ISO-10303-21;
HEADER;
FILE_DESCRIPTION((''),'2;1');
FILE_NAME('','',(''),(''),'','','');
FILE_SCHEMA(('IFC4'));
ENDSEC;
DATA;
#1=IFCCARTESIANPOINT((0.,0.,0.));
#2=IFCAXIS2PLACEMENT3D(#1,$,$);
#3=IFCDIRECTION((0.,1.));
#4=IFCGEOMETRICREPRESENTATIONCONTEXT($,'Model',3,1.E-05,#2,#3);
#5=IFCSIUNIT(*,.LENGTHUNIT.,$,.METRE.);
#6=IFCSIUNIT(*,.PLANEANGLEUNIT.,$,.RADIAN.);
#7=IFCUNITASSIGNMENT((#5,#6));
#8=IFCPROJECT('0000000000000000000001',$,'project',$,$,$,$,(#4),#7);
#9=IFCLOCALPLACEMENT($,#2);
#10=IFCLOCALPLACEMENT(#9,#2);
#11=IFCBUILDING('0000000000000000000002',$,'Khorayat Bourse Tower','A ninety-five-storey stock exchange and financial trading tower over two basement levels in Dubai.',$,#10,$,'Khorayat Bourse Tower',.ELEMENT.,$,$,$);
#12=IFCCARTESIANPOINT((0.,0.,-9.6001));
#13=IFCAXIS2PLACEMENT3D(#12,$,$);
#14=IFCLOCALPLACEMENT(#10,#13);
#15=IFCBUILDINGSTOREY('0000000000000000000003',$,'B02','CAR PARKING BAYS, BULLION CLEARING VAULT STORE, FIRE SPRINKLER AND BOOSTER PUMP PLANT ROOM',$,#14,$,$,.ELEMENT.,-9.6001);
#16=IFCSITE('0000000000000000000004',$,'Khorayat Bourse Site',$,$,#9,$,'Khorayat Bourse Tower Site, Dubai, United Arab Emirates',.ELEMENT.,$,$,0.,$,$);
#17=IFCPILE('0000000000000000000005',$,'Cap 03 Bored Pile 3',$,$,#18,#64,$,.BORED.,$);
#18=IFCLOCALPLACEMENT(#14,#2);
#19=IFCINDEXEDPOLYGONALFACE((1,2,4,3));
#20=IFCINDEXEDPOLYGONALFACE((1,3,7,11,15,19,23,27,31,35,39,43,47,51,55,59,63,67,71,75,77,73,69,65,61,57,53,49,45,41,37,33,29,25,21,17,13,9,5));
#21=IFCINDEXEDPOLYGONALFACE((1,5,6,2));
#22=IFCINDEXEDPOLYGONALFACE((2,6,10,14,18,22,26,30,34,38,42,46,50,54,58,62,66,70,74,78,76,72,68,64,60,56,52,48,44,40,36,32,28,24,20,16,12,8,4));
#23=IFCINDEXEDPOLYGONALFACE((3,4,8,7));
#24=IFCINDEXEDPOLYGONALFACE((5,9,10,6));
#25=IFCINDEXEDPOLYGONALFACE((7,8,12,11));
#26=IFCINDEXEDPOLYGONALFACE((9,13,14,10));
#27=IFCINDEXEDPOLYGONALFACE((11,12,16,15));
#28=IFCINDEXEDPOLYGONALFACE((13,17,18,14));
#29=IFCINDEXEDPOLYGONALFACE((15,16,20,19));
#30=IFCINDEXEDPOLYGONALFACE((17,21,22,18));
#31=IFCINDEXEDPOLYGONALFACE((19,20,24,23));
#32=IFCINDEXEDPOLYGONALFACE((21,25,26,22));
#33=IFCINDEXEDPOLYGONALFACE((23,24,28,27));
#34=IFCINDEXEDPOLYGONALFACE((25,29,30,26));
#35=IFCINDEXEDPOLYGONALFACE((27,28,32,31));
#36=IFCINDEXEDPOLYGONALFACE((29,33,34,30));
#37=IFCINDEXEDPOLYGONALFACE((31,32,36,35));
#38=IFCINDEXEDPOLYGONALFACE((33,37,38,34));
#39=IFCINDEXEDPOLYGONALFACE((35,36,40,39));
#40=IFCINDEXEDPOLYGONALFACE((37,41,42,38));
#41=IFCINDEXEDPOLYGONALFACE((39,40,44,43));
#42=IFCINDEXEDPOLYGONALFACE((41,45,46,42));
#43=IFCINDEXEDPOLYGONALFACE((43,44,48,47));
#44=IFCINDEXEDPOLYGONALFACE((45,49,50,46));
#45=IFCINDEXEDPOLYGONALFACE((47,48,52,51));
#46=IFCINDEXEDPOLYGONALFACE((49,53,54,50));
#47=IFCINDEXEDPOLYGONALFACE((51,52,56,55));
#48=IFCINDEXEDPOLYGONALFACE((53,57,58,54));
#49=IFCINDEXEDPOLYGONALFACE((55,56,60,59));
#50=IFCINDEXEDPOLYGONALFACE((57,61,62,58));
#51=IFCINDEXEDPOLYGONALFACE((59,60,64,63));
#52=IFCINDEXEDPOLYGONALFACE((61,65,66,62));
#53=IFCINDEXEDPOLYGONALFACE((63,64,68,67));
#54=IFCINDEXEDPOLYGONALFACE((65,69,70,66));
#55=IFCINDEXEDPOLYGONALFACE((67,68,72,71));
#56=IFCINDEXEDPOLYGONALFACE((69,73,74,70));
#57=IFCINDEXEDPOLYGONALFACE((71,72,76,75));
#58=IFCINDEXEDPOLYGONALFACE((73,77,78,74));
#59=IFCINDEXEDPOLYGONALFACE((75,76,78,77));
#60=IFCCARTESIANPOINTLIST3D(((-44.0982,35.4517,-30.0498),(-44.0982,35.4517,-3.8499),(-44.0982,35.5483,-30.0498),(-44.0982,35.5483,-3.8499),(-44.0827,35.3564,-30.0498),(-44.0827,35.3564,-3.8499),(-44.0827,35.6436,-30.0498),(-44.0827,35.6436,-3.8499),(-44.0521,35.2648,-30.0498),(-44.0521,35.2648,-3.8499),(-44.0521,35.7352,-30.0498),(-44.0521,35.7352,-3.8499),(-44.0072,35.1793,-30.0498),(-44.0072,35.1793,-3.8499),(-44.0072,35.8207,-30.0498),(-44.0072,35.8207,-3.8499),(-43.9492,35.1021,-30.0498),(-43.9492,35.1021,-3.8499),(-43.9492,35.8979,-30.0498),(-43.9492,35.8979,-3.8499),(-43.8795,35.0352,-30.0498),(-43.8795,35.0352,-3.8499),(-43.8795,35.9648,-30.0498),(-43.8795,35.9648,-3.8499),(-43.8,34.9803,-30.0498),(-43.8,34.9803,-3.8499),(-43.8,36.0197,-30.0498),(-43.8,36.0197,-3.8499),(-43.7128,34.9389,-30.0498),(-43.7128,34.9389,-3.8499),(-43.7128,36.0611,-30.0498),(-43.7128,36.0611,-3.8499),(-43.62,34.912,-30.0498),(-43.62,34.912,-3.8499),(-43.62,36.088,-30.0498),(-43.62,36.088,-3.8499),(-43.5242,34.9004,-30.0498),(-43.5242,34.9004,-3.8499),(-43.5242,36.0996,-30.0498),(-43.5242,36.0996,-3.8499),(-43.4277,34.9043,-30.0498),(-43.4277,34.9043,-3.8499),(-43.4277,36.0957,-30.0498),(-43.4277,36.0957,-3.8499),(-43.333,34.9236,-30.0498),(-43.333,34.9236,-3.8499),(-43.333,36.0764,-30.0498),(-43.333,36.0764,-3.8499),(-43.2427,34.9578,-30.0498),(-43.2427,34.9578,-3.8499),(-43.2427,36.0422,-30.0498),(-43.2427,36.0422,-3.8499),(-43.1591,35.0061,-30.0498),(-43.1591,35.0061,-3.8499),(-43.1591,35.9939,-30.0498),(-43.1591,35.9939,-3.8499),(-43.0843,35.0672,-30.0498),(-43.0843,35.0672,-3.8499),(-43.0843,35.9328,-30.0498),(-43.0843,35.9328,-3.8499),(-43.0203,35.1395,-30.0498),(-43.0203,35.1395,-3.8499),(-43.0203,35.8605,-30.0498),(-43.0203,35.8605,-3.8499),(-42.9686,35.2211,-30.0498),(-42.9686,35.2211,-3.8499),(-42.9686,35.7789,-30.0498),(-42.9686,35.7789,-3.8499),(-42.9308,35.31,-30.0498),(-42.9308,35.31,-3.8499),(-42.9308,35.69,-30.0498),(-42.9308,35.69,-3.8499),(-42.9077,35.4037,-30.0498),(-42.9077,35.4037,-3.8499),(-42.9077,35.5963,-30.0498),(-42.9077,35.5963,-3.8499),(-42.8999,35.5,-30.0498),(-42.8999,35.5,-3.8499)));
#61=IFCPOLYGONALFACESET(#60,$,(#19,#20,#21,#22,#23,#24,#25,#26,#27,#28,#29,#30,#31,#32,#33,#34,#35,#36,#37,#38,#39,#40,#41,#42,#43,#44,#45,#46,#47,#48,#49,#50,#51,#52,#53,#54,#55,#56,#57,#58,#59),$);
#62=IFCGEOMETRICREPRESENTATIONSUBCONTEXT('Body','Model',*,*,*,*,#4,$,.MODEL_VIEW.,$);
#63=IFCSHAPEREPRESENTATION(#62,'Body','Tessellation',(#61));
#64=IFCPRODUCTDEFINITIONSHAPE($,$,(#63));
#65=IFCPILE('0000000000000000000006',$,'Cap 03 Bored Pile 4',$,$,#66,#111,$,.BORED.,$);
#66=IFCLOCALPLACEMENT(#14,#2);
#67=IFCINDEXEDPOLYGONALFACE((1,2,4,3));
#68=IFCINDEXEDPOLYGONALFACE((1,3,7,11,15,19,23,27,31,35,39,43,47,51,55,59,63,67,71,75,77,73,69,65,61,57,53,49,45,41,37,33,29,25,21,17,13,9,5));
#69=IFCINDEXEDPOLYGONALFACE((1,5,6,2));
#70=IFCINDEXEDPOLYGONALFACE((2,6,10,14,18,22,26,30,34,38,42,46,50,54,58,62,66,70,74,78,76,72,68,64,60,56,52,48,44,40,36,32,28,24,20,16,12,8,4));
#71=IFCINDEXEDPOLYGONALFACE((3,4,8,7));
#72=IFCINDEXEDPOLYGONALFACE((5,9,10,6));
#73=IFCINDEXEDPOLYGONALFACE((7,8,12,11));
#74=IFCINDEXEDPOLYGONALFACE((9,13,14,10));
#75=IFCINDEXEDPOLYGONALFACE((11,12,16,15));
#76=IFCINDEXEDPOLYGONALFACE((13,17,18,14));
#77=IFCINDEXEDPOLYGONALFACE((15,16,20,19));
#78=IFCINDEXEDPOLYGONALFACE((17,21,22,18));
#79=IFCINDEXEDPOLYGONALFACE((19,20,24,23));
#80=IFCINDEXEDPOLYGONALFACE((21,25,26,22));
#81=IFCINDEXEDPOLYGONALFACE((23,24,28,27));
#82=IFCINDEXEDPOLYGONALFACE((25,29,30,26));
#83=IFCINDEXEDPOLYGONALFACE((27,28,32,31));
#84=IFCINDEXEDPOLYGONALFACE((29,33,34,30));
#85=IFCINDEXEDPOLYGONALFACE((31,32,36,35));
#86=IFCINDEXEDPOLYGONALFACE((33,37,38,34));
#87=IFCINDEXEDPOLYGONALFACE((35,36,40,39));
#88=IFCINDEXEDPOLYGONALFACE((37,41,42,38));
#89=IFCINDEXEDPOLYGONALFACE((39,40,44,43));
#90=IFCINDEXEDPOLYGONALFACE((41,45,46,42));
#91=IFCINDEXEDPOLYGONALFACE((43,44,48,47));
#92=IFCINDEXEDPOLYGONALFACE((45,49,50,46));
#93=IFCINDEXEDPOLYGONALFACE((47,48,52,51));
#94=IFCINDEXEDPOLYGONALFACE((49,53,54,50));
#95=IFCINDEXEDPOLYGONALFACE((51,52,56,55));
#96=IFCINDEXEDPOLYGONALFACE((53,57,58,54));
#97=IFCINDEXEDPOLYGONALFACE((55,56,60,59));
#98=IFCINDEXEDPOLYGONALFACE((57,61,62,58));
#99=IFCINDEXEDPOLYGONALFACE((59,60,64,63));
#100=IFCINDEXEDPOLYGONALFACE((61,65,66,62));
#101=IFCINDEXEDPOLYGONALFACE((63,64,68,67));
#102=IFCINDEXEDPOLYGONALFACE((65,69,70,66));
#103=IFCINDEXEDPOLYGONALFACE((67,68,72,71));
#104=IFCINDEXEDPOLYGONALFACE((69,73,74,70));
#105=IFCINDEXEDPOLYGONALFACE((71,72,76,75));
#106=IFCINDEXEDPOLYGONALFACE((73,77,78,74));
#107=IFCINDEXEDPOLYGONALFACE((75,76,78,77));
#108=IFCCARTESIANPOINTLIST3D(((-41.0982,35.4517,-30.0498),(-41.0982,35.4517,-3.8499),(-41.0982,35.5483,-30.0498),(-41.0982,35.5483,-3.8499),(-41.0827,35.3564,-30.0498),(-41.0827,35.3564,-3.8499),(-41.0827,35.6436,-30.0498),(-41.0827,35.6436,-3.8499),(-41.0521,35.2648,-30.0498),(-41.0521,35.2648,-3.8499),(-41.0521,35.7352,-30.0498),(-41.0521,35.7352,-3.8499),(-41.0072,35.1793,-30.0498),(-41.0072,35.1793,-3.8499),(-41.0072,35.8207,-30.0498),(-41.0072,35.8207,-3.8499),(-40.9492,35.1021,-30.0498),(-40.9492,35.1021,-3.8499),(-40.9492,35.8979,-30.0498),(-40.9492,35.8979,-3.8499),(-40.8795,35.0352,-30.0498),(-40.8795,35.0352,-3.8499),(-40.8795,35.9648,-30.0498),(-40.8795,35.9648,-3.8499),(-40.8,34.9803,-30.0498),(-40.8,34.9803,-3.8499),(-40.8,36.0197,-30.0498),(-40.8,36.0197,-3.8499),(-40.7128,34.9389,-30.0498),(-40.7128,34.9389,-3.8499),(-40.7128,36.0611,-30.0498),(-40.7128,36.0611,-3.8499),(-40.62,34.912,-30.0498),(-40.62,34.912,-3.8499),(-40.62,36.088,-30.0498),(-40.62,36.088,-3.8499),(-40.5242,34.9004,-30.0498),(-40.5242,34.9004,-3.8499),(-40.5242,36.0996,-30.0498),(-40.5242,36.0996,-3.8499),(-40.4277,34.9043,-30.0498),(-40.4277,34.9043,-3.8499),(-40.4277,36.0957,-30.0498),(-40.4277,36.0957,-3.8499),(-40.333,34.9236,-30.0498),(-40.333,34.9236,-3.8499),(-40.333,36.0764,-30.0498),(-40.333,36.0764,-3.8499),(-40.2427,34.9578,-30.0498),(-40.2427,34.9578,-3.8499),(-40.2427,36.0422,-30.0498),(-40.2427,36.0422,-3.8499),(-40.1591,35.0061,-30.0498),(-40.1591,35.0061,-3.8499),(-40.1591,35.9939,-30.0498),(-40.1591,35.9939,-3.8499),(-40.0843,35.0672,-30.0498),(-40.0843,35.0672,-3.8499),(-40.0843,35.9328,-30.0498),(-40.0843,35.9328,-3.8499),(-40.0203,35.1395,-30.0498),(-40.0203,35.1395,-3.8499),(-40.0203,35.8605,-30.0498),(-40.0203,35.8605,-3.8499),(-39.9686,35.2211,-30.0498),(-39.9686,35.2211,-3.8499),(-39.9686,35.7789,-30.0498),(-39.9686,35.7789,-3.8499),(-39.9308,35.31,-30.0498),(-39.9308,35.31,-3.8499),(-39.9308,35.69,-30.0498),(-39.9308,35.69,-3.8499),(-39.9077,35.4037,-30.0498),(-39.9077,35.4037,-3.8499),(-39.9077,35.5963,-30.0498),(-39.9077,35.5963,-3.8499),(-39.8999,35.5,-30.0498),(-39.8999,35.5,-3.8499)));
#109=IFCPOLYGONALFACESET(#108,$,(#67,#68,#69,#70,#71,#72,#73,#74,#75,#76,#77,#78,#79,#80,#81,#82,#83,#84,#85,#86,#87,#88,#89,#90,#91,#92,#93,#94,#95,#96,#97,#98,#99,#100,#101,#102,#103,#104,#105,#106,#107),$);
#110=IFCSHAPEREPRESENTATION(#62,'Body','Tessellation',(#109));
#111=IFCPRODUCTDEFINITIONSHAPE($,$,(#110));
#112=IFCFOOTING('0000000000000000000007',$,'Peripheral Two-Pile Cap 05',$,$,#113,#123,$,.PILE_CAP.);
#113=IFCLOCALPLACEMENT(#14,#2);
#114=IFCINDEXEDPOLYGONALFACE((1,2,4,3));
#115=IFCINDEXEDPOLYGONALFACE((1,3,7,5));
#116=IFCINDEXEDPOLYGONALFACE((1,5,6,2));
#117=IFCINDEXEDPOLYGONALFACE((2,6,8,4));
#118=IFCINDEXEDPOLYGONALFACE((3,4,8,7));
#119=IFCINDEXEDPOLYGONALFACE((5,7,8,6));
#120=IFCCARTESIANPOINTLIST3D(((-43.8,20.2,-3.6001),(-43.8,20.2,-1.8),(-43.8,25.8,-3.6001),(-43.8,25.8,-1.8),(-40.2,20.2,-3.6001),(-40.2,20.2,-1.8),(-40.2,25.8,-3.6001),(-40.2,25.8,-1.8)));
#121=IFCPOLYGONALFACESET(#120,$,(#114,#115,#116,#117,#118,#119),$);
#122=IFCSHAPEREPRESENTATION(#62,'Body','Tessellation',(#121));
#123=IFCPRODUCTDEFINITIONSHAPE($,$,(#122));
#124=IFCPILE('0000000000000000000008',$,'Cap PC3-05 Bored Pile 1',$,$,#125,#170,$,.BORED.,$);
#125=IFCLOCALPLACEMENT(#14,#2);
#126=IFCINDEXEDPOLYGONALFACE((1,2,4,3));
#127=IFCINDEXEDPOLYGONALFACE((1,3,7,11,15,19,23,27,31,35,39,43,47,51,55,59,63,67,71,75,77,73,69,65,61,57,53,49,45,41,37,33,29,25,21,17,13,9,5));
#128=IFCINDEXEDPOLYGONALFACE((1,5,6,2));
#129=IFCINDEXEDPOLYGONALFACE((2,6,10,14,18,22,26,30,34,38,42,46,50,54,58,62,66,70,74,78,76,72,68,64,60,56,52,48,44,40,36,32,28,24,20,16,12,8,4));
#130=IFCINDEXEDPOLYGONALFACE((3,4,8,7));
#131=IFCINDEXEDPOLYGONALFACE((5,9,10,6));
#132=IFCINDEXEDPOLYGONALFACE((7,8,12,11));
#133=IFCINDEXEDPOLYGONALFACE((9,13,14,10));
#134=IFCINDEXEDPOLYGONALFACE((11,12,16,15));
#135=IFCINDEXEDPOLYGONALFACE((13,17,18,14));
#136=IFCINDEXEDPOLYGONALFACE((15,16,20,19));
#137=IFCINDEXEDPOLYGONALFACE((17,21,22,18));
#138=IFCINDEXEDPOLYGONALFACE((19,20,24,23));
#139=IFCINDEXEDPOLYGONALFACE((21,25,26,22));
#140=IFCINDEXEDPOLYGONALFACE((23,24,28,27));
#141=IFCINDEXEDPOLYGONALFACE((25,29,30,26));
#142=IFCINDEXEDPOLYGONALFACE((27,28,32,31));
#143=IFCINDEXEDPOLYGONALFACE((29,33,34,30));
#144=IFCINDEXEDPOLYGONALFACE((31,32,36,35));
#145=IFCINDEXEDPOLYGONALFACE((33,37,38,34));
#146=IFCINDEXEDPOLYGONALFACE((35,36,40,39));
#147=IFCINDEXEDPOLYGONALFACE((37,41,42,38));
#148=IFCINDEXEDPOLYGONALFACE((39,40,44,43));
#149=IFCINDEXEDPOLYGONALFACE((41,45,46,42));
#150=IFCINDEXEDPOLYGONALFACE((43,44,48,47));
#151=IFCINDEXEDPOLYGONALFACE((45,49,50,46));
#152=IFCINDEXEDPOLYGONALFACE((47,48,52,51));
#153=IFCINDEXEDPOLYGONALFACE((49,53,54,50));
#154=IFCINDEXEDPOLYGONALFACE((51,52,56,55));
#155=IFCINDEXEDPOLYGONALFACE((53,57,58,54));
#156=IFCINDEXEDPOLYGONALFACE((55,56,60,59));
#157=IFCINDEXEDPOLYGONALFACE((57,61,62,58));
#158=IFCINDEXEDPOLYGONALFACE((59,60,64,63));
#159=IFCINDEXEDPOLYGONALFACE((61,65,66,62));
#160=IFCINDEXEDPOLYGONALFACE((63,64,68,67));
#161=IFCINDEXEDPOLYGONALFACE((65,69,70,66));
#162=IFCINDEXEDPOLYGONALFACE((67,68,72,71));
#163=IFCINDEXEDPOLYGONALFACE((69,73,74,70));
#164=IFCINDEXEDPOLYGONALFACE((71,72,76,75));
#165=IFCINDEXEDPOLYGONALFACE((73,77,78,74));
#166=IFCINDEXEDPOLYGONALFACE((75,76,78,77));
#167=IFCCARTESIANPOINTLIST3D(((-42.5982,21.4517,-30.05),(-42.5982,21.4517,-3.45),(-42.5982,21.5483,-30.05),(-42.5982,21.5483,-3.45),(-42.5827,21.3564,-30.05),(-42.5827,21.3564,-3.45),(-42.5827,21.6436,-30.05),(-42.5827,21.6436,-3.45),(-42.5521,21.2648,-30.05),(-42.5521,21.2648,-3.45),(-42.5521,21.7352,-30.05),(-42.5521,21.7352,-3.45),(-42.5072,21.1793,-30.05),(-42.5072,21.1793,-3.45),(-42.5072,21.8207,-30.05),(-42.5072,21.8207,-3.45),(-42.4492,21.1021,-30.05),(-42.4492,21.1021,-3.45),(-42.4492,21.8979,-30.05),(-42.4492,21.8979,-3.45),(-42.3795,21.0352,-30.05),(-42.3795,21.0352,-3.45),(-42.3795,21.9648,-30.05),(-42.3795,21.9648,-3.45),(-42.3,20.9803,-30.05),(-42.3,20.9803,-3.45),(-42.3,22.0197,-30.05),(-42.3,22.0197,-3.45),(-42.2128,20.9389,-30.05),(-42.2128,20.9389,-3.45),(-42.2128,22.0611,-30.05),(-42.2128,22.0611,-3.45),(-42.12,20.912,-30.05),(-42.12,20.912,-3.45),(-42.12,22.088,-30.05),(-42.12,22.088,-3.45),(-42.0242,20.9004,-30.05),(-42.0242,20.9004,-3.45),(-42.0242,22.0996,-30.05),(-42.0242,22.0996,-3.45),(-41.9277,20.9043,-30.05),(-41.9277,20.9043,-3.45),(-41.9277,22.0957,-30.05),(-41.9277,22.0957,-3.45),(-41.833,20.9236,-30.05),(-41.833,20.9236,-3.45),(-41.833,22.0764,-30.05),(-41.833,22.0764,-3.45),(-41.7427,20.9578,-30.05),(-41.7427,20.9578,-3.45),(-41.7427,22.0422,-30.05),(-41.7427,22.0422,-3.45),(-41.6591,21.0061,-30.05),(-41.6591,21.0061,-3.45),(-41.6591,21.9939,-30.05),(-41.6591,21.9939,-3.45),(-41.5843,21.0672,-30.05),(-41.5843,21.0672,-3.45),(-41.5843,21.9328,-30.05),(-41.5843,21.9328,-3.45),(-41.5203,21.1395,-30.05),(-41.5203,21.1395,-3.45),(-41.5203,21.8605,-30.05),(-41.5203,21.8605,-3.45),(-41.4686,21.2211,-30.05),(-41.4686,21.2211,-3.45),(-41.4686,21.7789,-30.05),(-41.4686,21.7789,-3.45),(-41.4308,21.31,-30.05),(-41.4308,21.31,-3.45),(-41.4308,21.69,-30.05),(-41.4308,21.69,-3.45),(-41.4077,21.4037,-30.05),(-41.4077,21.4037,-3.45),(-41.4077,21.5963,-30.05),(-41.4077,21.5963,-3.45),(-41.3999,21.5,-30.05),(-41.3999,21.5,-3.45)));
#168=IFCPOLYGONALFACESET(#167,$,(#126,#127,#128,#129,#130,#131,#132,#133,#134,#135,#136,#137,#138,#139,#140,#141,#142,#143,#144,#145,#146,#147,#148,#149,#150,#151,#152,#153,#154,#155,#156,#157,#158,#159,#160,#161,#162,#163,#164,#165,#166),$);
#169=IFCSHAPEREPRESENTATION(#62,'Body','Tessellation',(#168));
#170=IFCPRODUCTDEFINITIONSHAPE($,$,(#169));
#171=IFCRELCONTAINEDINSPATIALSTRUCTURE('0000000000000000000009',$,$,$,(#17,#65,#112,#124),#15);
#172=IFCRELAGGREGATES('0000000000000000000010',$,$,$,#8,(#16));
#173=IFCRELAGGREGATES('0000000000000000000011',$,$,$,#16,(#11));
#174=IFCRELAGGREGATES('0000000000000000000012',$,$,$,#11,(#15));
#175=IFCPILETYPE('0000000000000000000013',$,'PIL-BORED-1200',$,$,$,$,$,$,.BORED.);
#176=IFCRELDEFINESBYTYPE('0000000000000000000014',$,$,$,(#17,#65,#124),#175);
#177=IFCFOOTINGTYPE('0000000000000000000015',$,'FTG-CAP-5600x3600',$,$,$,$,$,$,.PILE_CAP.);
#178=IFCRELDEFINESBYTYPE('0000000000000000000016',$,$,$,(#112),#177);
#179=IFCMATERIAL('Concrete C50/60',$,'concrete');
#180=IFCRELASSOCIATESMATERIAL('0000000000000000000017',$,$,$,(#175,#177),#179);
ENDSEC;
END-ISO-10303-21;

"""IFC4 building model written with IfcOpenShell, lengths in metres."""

from ifc_helpers import new_model, si_unit, direction, frame, origin, origin_2d, place, context, subcontext, project, spatial, rectangle, circle, extrude, source, transform, mapped, material, material_profile, profile_set, type_object, element, save


model = new_model("IFC4")

# Units and contexts
model_context = context("Model", 3, precision=1e-05, world=origin(), true_north=direction((0.0, 1.0)))
body_context = subcontext(model_context, "Body", "Model", "MODEL_VIEW")
ifc_project = project(units=[si_unit("LENGTHUNIT", "METRE"), si_unit("PLANEANGLEUNIT", "RADIAN")], contexts=[model_context])

# Site, building, storey
site_placement = place(None, origin())
site = spatial("IfcSite", under=ifc_project, at=site_placement, Name="Khorayat Bourse Site", LongName="Khorayat Bourse Tower Site, Dubai, United Arab Emirates", CompositionType="ELEMENT", RefElevation=0.0)
building_placement = place(site_placement, origin())
building = spatial("IfcBuilding", under=site, at=building_placement, Name="Khorayat Bourse Tower", Description="A ninety-five-storey stock exchange and financial trading tower over two basement levels in Dubai.", LongName="Khorayat Bourse Tower", CompositionType="ELEMENT")
storey_placement = place(building_placement, frame((0.0, 0.0, -9.6001)))
storey = spatial("IfcBuildingStorey", under=building, at=storey_placement, Name="B02", Description="CAR PARKING BAYS, BULLION CLEARING VAULT STORE, FIRE SPRINKLER AND BOOSTER PUMP PLANT ROOM", CompositionType="ELEMENT", Elevation=-9.6001)

# Shared definitions
ifc_material_1 = material(Name="Concrete C50/60", Category="concrete")

# Piles
ifc_material_profile_1 = material_profile(ifc_material_1, circle(Radius=0.6001, at=origin_2d()), Name="BORED PILE D1200")
ifc_profile_set_1 = profile_set([ifc_material_profile_1], Name="Concrete C50/60")
pile_type_1 = type_object("IfcPileType", Name="PIL-BORED-1200", PredefinedType="BORED", material=ifc_profile_set_1)
shared_shape_1 = source(origin(), body_context, "Body", "SweptSolid", [
    extrude(circle(Radius=0.6001, at=origin_2d()), origin(), (0.0, 0.0, 1.0), 26.2),
])
for number, where, z_axis, x_axis, name in (
    (1, (-43.5, 35.5, -3.8499), (0.0, 0.0, -1.0), (1.0, 0.0, 0.0), "Cap 03 Bored Pile 3"),
    (2, (-40.5, 35.5, -3.8499), (0.0, 0.0, -1.0), (1.0, 0.0, 0.0), "Cap 03 Bored Pile 4"),
):
    element("IfcPile", number, at=place(storey_placement, frame(where, z_axis=z_axis, x_axis=x_axis)), inside=storey, type_object=pile_type_1, Name=name, PredefinedType="BORED", context=body_context, shape_type="MappedRepresentation", body=[
        mapped(shared_shape_1, transform((0.0, 0.0, 0.0), scale=1.0)),
    ])

# Footing
footing_type_1 = type_object("IfcFootingType", Name="FTG-CAP-5600x3600", PredefinedType="PILE_CAP", material=ifc_material_1)
shared_shape_2 = source(origin(), body_context, "Body", "SweptSolid", [
    extrude(rectangle(XDim=3.6001, YDim=5.6001, at=origin_2d()), origin(), (0.0, 0.0, 1.0), 1.8),
])
footing_1_placement = place(storey_placement, frame((-42.0, 23.0, -3.6001), z_axis=(0.0, 0.0, 1.0), x_axis=(1.0, 0.0, 0.0)))
element("IfcFooting", 3, at=footing_1_placement, inside=storey, type_object=footing_type_1, Name="Peripheral Two-Pile Cap 05", PredefinedType="PILE_CAP", context=body_context, shape_type="MappedRepresentation", body=[
    mapped(shared_shape_2, transform((0.0, 0.0, 0.0), scale=1.0)),
])

# Pile
shared_shape_3 = source(origin(), body_context, "Body", "SweptSolid", [
    extrude(circle(Radius=0.6001, at=origin_2d()), origin(), (0.0, 0.0, 1.0), 26.6001),
])
for number, where, z_axis, x_axis, name in (
    (4, (-42.0, 21.5, -3.45), (0.0, 0.0, -1.0), (1.0, 0.0, 0.0), "Cap PC3-05 Bored Pile 1"),
):
    element("IfcPile", number, at=place(storey_placement, frame(where, z_axis=z_axis, x_axis=x_axis)), inside=storey, type_object=pile_type_1, Name=name, PredefinedType="BORED", context=body_context, shape_type="MappedRepresentation", body=[
        mapped(shared_shape_3, transform((0.0, 0.0, 0.0), scale=1.0)),
    ])

save(model, "model.ifc")
